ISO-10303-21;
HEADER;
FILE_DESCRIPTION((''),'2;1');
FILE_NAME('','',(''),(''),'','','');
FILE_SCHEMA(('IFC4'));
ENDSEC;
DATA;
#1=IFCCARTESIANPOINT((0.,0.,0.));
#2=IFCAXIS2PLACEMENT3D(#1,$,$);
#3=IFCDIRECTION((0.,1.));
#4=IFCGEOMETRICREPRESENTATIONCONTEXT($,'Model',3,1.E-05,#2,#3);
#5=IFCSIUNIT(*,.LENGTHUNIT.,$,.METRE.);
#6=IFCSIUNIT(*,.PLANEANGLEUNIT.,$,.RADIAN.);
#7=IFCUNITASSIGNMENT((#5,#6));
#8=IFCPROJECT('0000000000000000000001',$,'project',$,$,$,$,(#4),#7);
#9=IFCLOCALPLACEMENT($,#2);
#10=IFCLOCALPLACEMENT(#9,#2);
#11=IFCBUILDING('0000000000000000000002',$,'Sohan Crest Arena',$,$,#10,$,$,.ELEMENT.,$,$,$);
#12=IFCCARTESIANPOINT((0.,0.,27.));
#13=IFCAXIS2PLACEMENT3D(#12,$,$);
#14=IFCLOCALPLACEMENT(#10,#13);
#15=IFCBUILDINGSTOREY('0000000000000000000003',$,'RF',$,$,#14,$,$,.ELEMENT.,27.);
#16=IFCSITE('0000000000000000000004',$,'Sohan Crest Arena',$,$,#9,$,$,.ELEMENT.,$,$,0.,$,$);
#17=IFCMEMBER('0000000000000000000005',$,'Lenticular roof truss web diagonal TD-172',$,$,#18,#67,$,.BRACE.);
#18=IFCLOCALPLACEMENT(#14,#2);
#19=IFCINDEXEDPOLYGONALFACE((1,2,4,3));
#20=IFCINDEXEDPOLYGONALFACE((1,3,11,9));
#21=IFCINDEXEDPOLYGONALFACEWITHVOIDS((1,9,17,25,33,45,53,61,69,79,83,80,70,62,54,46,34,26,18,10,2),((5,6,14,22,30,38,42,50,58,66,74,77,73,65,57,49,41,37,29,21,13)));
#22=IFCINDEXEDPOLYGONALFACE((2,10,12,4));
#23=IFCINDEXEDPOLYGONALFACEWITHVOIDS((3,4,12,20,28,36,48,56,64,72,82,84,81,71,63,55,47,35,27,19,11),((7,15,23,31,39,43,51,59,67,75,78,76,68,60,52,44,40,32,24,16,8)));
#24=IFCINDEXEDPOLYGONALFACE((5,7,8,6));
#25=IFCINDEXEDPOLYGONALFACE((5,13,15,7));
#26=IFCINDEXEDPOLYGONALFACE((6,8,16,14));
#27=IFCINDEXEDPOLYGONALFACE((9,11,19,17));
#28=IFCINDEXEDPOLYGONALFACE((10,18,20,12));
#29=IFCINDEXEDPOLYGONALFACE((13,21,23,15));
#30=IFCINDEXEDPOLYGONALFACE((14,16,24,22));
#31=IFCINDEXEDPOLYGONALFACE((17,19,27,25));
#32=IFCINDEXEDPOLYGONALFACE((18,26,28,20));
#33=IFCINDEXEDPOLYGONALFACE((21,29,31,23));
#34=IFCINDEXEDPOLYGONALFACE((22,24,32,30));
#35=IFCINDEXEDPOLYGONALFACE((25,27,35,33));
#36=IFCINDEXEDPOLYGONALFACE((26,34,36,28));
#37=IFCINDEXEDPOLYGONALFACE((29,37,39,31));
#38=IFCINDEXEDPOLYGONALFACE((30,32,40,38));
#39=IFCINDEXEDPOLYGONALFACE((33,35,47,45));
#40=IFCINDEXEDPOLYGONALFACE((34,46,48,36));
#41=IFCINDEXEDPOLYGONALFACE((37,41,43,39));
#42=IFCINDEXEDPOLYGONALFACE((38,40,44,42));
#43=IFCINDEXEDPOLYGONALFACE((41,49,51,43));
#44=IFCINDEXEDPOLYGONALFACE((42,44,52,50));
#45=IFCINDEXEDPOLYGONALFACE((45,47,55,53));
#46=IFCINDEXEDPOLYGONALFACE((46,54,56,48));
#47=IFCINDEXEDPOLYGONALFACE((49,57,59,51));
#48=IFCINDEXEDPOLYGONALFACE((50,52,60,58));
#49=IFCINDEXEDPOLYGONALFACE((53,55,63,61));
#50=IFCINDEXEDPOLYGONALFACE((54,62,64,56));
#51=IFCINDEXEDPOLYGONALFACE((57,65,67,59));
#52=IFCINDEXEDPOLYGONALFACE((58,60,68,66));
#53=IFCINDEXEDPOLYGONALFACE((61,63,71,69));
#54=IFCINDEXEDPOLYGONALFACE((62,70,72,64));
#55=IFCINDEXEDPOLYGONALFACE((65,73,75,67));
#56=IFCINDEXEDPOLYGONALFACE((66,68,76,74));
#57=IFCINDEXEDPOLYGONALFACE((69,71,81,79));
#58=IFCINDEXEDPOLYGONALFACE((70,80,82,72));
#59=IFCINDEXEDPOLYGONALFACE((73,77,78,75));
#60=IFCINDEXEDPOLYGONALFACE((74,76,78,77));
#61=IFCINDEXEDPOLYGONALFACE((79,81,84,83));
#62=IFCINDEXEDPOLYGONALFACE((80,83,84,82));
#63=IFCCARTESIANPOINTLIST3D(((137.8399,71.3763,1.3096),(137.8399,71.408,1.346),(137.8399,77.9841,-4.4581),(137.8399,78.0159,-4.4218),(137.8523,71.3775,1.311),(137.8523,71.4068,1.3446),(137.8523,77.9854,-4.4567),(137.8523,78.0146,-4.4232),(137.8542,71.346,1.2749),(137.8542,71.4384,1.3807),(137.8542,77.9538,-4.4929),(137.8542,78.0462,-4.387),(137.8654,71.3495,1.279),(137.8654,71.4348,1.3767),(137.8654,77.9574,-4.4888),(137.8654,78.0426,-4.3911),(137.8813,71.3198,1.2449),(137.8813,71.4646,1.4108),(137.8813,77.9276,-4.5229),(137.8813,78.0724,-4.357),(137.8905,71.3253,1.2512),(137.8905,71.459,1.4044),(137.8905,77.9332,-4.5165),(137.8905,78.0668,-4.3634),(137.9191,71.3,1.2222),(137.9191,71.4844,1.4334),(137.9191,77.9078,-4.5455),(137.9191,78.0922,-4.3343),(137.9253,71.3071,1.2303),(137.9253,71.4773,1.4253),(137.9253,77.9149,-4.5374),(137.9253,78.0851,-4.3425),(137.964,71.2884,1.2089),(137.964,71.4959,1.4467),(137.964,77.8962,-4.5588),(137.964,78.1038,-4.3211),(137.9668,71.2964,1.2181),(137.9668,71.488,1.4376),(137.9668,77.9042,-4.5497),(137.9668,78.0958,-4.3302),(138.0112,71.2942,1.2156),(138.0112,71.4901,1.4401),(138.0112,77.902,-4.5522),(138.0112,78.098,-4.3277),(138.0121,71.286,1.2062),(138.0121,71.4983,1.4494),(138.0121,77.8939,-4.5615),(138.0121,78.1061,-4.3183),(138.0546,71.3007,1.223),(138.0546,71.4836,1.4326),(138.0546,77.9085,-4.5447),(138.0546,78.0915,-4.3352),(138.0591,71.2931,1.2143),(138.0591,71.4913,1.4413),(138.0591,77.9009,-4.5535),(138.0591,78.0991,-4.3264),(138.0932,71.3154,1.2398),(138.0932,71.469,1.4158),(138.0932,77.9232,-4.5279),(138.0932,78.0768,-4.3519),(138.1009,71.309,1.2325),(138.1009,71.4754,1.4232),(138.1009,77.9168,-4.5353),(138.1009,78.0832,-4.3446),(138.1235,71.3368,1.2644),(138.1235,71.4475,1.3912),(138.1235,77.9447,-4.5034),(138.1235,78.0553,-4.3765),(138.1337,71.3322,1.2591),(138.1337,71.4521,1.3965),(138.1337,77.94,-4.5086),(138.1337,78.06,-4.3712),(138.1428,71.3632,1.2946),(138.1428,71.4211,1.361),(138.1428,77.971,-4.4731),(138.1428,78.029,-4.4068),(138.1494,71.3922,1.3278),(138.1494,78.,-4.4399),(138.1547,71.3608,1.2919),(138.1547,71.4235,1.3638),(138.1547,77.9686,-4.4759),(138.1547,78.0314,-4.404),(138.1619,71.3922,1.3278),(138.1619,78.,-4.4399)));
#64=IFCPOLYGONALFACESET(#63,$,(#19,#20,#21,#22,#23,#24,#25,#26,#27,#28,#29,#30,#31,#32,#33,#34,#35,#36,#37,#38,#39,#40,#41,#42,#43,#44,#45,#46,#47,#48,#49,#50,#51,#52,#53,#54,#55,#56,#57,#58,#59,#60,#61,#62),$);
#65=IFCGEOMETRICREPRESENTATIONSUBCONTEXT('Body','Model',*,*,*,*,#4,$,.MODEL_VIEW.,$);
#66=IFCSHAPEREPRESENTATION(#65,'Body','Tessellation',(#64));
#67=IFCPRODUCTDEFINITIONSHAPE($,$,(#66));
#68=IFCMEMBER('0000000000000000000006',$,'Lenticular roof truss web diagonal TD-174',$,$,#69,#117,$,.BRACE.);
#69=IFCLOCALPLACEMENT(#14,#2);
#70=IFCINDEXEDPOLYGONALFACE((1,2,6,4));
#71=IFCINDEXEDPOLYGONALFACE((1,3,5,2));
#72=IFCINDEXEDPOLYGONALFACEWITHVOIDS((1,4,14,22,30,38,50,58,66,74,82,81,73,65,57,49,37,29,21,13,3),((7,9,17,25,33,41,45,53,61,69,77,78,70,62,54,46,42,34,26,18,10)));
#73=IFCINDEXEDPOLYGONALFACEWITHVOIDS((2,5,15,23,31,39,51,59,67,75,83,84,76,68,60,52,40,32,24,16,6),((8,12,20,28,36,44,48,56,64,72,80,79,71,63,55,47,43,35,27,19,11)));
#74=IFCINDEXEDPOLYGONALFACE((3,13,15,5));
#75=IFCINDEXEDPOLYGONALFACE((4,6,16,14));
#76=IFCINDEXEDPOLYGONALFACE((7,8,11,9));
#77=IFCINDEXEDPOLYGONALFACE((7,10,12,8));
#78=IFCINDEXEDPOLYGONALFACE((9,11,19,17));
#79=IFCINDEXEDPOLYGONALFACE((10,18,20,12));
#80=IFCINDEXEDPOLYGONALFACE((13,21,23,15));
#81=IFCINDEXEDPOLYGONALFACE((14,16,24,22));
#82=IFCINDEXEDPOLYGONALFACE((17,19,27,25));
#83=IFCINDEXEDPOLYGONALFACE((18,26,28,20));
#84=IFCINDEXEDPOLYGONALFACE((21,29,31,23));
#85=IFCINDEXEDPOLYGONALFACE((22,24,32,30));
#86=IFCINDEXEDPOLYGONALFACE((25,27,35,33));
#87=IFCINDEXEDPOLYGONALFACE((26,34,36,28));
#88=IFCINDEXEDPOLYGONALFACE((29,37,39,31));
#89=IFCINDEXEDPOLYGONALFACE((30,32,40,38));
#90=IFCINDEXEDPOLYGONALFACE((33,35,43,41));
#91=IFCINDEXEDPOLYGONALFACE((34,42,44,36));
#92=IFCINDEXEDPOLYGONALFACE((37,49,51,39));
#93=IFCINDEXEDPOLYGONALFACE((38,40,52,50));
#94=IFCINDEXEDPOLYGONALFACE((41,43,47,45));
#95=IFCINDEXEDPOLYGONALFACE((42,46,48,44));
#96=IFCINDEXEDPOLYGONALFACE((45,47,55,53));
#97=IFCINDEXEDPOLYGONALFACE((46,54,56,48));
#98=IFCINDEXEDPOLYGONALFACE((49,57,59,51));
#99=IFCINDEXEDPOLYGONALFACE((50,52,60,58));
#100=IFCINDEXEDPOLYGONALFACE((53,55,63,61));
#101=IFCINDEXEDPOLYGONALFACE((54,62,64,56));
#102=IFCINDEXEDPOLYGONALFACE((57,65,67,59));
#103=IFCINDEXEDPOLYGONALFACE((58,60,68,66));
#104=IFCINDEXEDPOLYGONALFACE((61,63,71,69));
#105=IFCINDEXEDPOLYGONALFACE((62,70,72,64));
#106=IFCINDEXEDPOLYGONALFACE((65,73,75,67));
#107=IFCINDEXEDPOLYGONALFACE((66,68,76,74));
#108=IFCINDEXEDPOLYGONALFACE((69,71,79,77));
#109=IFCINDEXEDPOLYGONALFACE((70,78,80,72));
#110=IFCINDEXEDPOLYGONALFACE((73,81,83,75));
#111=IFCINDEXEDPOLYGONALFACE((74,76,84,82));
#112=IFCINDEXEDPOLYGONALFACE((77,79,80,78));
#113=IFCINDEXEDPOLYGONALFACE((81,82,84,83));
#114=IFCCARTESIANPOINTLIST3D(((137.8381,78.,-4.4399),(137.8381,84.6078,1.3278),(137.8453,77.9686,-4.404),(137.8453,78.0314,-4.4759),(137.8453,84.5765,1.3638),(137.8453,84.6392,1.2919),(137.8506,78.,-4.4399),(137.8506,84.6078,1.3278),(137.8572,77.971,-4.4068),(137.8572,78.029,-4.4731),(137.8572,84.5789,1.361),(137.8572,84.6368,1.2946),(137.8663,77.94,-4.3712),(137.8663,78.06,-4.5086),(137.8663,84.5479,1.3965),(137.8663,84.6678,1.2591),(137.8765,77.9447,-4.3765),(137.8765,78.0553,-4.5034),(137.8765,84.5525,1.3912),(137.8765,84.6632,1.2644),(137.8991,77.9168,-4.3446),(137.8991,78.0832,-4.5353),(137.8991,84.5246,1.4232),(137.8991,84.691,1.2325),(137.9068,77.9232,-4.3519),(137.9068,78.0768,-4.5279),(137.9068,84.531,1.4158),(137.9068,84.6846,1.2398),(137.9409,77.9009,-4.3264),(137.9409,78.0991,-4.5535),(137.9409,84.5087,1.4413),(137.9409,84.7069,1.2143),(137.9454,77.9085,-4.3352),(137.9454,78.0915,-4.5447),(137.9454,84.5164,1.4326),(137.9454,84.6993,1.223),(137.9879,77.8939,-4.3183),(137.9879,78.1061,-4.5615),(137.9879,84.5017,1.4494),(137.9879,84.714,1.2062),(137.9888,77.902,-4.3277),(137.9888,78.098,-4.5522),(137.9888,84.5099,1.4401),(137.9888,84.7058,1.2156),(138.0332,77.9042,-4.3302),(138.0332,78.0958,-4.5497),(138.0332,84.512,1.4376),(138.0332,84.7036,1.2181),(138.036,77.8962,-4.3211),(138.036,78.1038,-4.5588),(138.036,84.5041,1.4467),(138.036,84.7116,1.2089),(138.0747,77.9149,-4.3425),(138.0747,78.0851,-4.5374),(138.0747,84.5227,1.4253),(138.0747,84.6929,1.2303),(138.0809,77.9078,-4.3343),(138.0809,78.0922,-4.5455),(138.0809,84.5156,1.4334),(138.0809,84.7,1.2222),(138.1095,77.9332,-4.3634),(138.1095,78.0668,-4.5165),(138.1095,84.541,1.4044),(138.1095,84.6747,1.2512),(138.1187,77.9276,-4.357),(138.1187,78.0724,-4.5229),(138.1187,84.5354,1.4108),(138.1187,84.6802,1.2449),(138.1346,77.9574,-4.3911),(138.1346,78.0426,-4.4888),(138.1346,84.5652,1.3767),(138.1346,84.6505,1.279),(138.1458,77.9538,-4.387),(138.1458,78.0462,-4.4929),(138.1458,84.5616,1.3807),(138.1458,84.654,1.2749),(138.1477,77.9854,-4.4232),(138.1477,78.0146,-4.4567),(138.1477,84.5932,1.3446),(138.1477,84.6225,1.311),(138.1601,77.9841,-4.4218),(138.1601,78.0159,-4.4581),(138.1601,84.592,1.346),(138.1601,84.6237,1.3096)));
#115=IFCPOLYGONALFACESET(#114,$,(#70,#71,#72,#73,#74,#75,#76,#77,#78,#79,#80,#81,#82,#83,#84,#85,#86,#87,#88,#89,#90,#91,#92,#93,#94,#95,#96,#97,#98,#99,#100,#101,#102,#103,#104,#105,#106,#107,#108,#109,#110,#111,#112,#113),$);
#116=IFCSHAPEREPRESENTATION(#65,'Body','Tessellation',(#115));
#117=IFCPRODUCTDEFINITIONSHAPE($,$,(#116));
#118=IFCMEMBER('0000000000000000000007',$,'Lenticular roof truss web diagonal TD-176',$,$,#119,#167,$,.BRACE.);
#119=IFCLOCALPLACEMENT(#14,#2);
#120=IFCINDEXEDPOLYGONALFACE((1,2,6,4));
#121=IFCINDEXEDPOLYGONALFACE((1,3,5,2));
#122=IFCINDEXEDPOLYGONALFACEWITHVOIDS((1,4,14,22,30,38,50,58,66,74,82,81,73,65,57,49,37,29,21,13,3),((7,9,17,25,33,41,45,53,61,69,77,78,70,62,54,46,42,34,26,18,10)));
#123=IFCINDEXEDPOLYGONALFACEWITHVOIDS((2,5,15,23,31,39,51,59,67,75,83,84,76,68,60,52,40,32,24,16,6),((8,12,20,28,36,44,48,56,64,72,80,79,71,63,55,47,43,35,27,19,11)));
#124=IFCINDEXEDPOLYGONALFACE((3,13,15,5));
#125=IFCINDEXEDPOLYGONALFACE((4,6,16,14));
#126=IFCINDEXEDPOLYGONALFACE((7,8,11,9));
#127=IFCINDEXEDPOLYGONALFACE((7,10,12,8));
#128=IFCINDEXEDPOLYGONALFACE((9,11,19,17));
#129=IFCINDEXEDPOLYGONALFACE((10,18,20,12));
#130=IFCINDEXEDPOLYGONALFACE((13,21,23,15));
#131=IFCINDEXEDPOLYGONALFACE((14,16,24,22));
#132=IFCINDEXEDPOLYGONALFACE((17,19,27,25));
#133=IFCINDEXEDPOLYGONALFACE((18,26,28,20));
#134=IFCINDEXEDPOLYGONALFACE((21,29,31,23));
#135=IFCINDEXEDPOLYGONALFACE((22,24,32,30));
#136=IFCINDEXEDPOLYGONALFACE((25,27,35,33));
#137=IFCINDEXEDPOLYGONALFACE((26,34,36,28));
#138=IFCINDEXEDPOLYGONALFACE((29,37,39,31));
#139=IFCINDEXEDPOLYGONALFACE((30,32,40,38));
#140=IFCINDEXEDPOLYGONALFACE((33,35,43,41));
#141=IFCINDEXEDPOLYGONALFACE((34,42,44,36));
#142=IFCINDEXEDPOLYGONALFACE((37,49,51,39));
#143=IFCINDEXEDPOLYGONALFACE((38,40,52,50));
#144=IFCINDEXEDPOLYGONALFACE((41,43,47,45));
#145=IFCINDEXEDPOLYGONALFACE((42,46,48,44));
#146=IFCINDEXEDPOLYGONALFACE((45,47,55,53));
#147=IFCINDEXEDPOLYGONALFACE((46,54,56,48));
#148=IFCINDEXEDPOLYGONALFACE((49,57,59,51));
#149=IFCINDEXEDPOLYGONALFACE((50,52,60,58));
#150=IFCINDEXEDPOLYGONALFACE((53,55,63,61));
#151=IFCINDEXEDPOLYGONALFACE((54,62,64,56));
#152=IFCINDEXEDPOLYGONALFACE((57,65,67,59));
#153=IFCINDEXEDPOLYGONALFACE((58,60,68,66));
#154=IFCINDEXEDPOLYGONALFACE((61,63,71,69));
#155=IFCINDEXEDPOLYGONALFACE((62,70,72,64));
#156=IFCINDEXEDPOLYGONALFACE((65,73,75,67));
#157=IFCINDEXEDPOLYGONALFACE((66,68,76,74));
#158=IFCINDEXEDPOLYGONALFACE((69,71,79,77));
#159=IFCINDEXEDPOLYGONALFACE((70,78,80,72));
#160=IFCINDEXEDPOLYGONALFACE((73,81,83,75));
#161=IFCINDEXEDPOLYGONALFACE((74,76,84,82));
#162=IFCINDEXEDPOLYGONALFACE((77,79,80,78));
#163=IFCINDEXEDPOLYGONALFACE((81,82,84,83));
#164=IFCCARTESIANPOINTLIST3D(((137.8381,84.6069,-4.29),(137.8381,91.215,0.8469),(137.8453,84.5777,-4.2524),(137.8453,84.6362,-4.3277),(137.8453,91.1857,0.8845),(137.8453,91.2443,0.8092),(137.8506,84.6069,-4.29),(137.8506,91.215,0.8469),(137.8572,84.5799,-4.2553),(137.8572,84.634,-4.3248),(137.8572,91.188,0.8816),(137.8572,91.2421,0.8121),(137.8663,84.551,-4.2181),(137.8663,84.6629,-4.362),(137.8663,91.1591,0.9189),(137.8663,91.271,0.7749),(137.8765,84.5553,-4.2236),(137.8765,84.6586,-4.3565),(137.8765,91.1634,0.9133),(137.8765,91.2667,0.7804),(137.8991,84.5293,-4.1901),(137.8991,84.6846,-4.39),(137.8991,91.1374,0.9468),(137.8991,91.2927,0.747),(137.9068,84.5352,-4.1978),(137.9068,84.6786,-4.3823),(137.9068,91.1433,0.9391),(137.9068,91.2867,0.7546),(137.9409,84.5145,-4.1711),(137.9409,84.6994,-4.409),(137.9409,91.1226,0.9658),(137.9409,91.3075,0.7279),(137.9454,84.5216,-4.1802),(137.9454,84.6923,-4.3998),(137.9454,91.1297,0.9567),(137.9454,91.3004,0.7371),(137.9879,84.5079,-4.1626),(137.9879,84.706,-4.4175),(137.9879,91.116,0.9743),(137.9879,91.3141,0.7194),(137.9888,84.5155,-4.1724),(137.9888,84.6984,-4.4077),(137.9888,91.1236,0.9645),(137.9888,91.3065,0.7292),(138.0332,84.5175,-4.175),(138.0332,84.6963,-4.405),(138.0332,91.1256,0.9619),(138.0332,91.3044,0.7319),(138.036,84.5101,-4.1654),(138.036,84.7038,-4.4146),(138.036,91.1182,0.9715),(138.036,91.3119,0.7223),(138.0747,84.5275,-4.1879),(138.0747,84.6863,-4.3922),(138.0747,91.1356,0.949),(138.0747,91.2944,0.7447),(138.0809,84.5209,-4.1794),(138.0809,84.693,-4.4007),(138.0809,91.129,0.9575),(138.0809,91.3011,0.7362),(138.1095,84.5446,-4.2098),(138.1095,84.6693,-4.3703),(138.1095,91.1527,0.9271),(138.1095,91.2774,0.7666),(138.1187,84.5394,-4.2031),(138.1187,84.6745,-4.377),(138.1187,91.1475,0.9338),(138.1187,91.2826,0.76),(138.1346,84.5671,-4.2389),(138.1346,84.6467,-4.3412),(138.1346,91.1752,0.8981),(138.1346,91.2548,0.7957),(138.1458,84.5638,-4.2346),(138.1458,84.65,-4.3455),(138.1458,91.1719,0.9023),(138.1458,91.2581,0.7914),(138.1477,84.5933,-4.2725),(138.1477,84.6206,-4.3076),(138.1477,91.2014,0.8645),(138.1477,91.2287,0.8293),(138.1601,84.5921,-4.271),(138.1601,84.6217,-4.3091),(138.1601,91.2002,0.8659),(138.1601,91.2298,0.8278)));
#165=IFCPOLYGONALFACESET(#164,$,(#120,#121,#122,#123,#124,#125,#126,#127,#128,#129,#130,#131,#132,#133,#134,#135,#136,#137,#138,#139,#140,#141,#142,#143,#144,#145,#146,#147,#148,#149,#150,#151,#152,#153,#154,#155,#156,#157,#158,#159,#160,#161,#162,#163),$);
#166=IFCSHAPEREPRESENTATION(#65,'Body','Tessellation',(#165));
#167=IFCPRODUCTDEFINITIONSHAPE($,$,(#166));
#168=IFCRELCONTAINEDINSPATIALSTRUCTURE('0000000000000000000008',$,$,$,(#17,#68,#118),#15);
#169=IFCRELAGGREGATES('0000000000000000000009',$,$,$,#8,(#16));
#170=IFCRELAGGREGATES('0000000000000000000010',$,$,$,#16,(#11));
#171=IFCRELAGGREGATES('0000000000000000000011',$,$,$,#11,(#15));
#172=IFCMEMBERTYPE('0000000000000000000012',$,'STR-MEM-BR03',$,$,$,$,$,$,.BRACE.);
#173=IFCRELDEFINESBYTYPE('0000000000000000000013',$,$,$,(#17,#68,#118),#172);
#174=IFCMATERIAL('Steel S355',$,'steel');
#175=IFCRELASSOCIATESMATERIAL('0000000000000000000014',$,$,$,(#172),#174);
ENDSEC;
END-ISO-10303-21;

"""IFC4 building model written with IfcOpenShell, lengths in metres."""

from ifc_helpers import new_model, si_unit, direction, frame, origin, origin_2d, place, context, subcontext, project, spatial, hollow_circle, extrude, material, material_profile, profile_set, type_object, element, save


model = new_model("IFC4")

# Units and contexts
model_context = context("Model", 3, precision=1e-05, world=origin(), true_north=direction((0.0, 1.0)))
body_context = subcontext(model_context, "Body", "Model", "MODEL_VIEW")
ifc_project = project(units=[si_unit("LENGTHUNIT", "METRE"), si_unit("PLANEANGLEUNIT", "RADIAN")], contexts=[model_context])

# Site, building, storey
site_placement = place(None, origin())
site = spatial("IfcSite", under=ifc_project, at=site_placement, Name="Sohan Crest Arena", CompositionType="ELEMENT", RefElevation=0.0)
building_placement = place(site_placement, origin())
building = spatial("IfcBuilding", under=site, at=building_placement, Name="Sohan Crest Arena", CompositionType="ELEMENT")
storey_placement = place(building_placement, frame((0.0, 0.0, 27.0)))
storey = spatial("IfcBuildingStorey", under=building, at=storey_placement, Name="RF", CompositionType="ELEMENT", Elevation=27.0)

# Shared definitions
ifc_material_1 = material(Name="Steel S355", Category="steel")

# Members
ifc_material_profile_1 = material_profile(ifc_material_1, hollow_circle(Radius=0.1619, WallThickness=0.0125, at=origin_2d()), Name="CHS 323.9x12.5")
ifc_profile_set_1 = profile_set([ifc_material_profile_1], Name="Steel S355")
member_type_1 = type_object("IfcMemberType", Name="STR-MEM-BR03", PredefinedType="BRACE", material=ifc_profile_set_1)
for number, where, z_axis, x_axis, name in (
    (1, (138.0, 78.0, -4.4399), (0.0, -0.753373, 0.657594), (1.0, 0.0, 0.0), "Lenticular roof truss web diagonal TD-172"),
    (2, (138.0, 78.0, -4.4399), (0.0, 0.753373, 0.657594), (-1.0, 0.0, 0.0), "Lenticular roof truss web diagonal TD-174"),
):
    element("IfcMember", number, at=place(storey_placement, frame(where, z_axis=z_axis, x_axis=x_axis)), inside=storey, type_object=member_type_1, Name=name, PredefinedType="BRACE", context=body_context, shape_type="SweptSolid", body=[
        extrude(hollow_circle(Radius=0.1619, WallThickness=0.0125, at=origin_2d()), origin(), (0.0, 0.0, 1.0), 8.771),
    ])
member_1_placement = place(storey_placement, frame((138.0, 84.6069, -4.29), z_axis=(0.0, 0.789509, 0.613739), x_axis=(-1.0, 0.0, 0.0)))
element("IfcMember", 3, at=member_1_placement, inside=storey, type_object=member_type_1, Name="Lenticular roof truss web diagonal TD-176", PredefinedType="BRACE", context=body_context, shape_type="SweptSolid", body=[
    extrude(hollow_circle(Radius=0.1619, WallThickness=0.0125, at=origin_2d()), origin(), (0.0, 0.0, 1.0), 8.3699),
])

save(model, "model.ifc")
